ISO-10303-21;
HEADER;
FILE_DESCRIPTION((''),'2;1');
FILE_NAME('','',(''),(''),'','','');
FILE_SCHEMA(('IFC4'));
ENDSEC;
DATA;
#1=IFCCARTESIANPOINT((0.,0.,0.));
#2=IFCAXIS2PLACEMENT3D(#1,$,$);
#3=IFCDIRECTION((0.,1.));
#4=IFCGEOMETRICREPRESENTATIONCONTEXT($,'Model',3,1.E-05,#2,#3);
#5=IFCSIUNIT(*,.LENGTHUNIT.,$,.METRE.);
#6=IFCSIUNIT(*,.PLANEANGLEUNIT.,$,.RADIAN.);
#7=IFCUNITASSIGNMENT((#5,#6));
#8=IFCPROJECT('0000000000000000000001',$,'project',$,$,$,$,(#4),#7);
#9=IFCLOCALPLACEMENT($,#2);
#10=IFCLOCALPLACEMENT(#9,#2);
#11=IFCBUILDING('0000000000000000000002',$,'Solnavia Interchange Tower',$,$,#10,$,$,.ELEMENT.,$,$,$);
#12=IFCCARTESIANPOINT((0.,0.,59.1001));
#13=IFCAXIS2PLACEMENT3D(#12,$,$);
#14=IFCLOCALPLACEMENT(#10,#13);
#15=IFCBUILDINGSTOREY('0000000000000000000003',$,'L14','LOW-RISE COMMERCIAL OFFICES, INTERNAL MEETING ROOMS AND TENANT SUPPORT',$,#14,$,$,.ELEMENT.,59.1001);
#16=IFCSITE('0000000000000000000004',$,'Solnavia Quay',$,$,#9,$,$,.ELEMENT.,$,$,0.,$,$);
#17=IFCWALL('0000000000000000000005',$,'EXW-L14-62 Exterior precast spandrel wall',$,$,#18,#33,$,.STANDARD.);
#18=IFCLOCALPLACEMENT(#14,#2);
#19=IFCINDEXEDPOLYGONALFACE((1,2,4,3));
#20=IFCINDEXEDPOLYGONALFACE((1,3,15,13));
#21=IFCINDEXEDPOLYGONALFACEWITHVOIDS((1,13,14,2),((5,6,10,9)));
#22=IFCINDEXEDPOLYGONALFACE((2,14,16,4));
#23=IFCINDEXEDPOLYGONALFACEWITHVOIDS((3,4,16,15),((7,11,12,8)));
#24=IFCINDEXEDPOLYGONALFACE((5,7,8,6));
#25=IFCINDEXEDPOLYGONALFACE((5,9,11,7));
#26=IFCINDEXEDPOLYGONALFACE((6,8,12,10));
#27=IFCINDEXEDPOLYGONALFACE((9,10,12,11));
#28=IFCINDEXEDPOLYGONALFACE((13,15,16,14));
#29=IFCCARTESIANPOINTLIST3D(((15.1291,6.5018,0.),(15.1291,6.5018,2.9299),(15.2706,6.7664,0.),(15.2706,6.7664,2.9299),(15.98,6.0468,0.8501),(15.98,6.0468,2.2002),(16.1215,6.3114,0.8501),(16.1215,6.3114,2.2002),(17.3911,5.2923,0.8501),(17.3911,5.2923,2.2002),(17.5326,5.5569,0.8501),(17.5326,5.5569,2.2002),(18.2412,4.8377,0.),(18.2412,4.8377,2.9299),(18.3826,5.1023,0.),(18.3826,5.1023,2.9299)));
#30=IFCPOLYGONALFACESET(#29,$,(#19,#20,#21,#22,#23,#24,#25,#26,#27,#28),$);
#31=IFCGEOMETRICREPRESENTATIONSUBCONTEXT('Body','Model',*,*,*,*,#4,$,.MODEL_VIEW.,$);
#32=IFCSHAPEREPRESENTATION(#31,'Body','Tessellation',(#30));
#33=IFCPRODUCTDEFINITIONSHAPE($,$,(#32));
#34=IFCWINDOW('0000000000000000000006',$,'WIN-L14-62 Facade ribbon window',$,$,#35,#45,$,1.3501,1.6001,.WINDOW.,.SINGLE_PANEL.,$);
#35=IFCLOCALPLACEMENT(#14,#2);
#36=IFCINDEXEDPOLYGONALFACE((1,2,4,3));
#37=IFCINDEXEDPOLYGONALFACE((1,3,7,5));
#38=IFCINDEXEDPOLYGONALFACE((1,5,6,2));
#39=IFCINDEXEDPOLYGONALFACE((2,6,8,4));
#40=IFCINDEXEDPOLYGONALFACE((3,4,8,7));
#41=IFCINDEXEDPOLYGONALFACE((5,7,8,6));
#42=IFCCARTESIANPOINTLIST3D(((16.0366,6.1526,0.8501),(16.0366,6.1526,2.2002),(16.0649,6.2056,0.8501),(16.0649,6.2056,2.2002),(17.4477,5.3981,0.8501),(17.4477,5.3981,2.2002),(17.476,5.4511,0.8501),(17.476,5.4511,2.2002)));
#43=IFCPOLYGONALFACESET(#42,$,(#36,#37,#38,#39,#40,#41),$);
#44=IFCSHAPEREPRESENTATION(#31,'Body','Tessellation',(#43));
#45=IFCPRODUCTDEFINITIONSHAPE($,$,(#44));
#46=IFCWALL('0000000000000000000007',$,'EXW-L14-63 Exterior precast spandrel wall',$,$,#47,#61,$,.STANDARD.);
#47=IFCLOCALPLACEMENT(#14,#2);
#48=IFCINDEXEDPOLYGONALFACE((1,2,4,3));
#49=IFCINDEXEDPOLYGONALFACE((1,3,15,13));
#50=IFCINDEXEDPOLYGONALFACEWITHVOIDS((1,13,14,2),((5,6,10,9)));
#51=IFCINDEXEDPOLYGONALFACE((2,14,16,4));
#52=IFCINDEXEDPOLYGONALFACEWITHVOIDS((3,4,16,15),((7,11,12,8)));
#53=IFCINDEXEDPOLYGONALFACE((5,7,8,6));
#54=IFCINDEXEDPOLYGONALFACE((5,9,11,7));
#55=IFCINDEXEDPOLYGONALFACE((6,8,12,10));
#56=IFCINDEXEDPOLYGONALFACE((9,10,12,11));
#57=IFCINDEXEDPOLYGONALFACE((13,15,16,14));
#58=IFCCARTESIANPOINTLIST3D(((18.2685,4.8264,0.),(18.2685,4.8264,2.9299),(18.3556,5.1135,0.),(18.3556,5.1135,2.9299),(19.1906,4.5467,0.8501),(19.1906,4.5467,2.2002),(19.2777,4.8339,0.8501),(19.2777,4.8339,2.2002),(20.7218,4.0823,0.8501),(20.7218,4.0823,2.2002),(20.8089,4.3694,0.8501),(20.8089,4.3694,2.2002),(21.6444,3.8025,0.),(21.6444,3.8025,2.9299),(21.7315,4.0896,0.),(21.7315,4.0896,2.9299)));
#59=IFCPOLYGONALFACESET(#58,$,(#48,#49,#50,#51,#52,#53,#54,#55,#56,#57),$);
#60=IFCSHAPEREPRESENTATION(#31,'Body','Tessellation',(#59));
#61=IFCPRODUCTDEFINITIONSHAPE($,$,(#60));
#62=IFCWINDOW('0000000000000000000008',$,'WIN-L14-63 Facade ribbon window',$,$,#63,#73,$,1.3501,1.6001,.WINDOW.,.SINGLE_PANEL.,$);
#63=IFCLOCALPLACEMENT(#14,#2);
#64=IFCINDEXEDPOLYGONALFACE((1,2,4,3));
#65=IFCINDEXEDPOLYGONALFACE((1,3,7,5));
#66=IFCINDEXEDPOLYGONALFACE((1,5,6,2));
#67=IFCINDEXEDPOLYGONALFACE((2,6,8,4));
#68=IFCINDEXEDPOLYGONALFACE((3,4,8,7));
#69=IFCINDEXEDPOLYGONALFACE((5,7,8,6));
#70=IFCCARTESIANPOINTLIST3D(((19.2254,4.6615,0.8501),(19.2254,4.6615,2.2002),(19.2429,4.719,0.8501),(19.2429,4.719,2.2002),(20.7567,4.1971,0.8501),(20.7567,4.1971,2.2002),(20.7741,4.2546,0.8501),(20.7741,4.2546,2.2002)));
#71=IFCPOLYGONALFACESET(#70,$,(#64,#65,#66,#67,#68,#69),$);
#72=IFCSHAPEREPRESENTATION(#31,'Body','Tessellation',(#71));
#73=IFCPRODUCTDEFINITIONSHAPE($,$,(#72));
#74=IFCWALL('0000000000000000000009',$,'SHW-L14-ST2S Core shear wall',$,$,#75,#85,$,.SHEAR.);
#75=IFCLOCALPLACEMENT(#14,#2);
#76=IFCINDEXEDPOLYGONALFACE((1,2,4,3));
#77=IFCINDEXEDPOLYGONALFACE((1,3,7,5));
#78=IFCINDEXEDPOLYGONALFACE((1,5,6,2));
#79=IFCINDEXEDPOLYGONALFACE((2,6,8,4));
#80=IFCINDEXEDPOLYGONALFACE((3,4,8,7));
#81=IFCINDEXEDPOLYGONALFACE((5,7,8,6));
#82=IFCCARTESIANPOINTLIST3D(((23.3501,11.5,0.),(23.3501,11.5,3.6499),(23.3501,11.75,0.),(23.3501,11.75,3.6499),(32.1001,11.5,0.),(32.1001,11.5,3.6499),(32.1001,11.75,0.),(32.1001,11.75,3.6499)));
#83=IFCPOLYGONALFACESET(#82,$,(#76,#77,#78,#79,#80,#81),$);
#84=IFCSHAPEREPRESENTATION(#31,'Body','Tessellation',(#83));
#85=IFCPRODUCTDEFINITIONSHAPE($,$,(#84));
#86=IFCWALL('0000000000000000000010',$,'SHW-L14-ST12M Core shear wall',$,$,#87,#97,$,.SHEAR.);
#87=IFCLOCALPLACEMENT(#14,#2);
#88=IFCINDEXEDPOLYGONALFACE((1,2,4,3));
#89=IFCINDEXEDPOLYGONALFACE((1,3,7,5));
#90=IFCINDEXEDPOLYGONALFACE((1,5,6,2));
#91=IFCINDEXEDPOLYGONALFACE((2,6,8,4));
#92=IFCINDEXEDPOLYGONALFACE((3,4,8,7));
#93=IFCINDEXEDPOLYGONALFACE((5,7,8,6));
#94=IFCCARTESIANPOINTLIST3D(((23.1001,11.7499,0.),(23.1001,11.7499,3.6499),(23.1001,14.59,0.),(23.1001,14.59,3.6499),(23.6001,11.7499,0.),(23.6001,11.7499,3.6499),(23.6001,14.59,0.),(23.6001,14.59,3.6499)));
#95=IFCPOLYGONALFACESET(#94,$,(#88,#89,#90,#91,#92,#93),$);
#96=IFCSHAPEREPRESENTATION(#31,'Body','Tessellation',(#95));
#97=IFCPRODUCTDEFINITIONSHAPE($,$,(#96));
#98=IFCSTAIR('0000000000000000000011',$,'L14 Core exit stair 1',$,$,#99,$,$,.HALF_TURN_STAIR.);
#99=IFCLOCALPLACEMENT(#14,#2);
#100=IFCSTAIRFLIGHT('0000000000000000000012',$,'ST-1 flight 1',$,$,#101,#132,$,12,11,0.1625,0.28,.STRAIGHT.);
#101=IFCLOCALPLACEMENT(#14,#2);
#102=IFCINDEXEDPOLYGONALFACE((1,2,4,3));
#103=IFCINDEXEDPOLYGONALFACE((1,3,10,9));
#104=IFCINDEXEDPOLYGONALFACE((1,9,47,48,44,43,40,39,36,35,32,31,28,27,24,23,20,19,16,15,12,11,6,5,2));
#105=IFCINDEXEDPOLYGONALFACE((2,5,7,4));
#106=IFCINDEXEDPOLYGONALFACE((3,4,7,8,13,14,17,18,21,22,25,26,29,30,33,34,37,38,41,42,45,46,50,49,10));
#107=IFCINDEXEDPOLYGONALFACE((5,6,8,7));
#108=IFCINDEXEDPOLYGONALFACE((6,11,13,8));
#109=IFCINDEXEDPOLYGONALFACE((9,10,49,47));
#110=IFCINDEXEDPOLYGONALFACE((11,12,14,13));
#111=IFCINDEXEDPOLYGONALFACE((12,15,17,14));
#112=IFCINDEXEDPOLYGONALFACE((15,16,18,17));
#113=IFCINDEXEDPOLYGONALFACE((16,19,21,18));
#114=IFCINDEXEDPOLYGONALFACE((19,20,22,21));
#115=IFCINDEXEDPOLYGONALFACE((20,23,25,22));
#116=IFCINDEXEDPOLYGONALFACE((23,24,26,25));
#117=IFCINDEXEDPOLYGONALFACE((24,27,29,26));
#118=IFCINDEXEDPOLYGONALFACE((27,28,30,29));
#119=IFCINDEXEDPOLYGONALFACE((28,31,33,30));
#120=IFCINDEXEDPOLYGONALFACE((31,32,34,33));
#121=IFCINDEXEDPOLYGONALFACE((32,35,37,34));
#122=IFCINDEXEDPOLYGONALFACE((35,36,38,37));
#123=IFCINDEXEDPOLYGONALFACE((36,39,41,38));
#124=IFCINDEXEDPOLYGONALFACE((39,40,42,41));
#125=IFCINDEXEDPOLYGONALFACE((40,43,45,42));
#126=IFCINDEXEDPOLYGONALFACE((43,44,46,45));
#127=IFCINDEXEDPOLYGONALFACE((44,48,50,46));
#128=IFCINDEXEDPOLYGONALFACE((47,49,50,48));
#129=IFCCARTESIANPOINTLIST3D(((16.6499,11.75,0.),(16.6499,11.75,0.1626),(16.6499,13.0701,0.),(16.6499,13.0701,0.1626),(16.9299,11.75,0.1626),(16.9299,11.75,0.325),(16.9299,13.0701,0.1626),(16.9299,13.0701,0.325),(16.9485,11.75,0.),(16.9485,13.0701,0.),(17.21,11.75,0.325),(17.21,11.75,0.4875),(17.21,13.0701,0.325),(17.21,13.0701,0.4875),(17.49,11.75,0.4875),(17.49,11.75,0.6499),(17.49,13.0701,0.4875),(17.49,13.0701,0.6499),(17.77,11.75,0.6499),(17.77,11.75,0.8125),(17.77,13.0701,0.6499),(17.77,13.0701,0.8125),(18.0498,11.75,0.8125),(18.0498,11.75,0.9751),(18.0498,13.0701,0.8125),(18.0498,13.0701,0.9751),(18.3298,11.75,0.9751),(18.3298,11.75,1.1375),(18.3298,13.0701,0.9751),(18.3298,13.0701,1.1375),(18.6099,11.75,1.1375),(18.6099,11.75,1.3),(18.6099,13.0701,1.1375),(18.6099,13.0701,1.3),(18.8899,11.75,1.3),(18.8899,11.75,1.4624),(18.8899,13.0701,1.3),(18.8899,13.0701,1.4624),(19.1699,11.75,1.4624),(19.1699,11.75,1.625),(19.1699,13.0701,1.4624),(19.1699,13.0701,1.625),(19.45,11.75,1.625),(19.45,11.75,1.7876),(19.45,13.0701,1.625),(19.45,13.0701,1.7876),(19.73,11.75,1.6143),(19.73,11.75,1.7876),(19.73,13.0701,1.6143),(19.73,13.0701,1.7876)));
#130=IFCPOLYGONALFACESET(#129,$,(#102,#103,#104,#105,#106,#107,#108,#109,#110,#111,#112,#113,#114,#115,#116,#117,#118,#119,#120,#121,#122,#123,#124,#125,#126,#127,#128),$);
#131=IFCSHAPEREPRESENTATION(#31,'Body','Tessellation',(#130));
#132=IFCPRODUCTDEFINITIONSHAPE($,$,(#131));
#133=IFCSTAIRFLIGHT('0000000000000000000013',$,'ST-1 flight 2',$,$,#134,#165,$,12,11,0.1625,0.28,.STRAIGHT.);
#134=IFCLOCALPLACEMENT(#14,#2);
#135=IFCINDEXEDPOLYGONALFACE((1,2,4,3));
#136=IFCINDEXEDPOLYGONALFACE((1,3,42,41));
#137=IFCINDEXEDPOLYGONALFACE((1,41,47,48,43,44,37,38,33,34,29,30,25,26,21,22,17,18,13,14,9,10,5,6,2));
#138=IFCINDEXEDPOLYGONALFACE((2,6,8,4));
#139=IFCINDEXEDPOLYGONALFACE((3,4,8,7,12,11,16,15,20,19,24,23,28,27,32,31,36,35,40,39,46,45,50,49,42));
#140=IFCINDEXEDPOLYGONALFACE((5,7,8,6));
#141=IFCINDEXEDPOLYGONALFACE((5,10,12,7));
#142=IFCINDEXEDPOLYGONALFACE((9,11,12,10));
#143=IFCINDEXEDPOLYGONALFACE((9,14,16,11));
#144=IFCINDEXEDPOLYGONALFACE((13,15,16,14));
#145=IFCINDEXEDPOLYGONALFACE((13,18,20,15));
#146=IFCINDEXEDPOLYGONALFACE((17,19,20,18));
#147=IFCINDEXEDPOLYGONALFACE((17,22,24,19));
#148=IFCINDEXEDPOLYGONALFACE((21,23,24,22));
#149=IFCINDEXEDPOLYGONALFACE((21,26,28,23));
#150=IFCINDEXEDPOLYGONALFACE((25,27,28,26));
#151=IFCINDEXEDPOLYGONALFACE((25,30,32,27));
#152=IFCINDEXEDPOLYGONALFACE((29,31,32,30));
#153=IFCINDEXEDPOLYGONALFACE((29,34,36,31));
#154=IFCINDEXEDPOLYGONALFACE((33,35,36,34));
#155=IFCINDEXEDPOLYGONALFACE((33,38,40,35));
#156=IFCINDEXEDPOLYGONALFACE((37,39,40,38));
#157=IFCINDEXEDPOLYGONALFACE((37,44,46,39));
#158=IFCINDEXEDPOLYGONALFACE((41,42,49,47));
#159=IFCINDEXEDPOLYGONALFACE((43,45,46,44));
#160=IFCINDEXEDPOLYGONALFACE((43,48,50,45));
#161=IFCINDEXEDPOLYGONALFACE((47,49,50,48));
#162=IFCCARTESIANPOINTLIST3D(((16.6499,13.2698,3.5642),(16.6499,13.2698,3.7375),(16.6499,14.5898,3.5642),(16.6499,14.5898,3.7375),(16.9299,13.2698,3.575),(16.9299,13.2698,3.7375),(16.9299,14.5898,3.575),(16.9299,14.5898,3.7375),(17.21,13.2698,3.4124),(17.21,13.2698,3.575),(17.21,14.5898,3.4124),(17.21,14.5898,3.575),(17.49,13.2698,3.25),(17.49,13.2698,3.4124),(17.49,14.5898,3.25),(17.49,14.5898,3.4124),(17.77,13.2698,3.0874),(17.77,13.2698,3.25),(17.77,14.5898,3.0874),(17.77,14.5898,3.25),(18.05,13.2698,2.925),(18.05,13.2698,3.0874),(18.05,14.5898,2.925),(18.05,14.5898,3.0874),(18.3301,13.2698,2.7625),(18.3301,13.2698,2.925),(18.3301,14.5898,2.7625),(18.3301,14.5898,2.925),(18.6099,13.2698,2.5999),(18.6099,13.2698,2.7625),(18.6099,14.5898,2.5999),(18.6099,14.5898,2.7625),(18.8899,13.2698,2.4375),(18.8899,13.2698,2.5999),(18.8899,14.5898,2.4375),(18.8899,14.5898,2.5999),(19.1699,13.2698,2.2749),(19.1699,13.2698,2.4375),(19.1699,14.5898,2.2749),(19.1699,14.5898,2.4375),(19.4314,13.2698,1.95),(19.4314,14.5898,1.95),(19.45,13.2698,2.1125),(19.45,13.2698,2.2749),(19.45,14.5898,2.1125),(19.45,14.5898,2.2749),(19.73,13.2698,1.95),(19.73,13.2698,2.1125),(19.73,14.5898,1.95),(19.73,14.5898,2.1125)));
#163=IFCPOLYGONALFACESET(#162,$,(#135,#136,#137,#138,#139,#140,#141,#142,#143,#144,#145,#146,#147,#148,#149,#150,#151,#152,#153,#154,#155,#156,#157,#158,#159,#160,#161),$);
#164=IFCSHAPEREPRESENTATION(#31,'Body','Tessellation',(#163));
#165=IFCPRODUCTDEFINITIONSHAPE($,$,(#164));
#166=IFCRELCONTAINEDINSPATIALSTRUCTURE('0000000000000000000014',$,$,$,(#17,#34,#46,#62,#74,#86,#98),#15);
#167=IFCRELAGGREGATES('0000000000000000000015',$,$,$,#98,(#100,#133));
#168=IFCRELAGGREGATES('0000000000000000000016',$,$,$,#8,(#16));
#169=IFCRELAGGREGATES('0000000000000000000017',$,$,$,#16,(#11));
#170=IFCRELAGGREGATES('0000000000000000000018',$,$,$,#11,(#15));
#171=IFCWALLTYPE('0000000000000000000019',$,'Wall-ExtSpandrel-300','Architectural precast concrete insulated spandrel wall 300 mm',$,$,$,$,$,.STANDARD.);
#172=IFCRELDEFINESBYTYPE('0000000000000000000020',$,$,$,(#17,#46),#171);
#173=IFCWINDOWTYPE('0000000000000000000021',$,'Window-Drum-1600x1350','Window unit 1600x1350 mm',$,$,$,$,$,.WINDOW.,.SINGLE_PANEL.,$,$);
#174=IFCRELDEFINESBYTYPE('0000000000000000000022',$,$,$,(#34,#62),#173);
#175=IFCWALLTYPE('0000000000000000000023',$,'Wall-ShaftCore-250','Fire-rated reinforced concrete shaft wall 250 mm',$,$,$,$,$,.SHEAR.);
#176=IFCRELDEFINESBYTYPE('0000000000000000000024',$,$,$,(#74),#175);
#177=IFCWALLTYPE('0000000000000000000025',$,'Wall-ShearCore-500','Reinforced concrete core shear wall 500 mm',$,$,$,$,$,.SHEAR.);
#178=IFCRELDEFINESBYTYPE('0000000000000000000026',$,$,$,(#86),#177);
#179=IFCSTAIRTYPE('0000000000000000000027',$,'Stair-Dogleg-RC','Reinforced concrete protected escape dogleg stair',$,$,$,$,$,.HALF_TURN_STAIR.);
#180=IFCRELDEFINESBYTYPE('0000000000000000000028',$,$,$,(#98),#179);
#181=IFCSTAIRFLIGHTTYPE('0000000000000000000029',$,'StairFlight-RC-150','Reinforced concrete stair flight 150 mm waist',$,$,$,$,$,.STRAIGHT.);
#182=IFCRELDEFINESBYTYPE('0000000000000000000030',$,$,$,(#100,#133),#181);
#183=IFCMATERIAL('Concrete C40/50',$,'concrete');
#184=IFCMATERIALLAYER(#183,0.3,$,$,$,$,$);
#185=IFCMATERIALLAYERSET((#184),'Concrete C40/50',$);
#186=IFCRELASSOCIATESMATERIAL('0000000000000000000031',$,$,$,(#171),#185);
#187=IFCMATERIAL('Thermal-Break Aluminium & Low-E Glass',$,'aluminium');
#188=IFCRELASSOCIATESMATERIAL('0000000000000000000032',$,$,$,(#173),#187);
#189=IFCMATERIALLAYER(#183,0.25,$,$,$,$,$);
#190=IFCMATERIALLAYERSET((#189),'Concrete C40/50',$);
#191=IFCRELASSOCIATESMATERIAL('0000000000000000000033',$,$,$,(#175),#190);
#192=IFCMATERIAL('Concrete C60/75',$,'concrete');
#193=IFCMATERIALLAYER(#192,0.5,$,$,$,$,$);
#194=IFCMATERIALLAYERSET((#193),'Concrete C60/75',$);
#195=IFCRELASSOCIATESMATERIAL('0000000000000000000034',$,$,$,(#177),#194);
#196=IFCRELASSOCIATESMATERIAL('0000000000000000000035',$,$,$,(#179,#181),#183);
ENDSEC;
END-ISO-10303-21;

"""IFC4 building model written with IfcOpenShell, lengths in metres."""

from ifc_helpers import new_model, si_unit, direction, frame, frame_2d, origin, place, context, subcontext, project, spatial, polyline, rectangle, outline, extrude, material, layer, layer_set, type_object, element, fill, aggregate, save


model = new_model("IFC4")

# Units and contexts
model_context = context("Model", 3, precision=1e-05, world=origin(), true_north=direction((0.0, 1.0)))
body_context = subcontext(model_context, "Body", "Model", "MODEL_VIEW")
ifc_project = project(units=[si_unit("LENGTHUNIT", "METRE"), si_unit("PLANEANGLEUNIT", "RADIAN")], contexts=[model_context])

# Site, building, storey
site_placement = place(None, origin())
site = spatial("IfcSite", under=ifc_project, at=site_placement, Name="Solnavia Quay", CompositionType="ELEMENT", RefElevation=0.0)
building_placement = place(site_placement, origin())
building = spatial("IfcBuilding", under=site, at=building_placement, Name="Solnavia Interchange Tower", CompositionType="ELEMENT")
storey_placement = place(building_placement, frame((0.0, 0.0, 59.1001)))
storey = spatial("IfcBuildingStorey", under=building, at=storey_placement, Name="L14", Description="LOW-RISE COMMERCIAL OFFICES, INTERNAL MEETING ROOMS AND TENANT SUPPORT", CompositionType="ELEMENT", Elevation=59.1001)

# Shared definitions
ifc_material_1 = material(Name="Concrete C60/75", Category="concrete")

# Walls, openings, windows
ifc_material_2 = material(Name="Concrete C40/50", Category="concrete")
ifc_layer_1 = layer(ifc_material_2, 0.3)
ifc_layer_set_1 = layer_set([ifc_layer_1], Name="Concrete C40/50")
wall_type_1 = type_object("IfcWallType", Name="Wall-ExtSpandrel-300", Description="Architectural precast concrete insulated spandrel wall 300 mm", PredefinedType="STANDARD", material=ifc_layer_set_1)
wall_1_placement = place(storey_placement, frame((18.312, 4.97, 0.0), z_axis=(0.0, 0.0, 1.0), x_axis=(-0.881847, 0.471536, 0.0)))
wall_1 = element("IfcWall", 1, at=wall_1_placement, inside=storey, type_object=wall_type_1, Name="EXW-L14-62 Exterior precast spandrel wall", PredefinedType="STANDARD", context=body_context, shape_type="SweptSolid", body=[
    extrude(rectangle(XDim=3.5291, YDim=0.3, at=frame_2d((1.7646, 0.0))), origin(), (0.0, 0.0, 1.0), 2.9299),
])
opening_1_placement = place(wall_1_placement, frame((0.9641, 0.0, 0.8501)))
opening_1 = element("IfcOpeningElement", 2, at=opening_1_placement, cuts=wall_1, PredefinedType="OPENING", context=body_context, shape_type="SweptSolid", body=[
    extrude(rectangle(XDim=1.6001, YDim=1.3501, at=frame_2d((0.8, 0.675))), frame((0.0, 0.1602, 0.0), z_axis=(0.0, -1.0, 0.0), x_axis=(1.0, 0.0, 0.0)), (0.0, 0.0, 1.0), 0.3201),
])
ifc_material_3 = material(Name="Thermal-Break Aluminium & Low-E Glass", Category="aluminium")
window_type = type_object("IfcWindowType", Name="Window-Drum-1600x1350", Description="Window unit 1600x1350 mm", PartitioningType="SINGLE_PANEL", PredefinedType="WINDOW", material=ifc_material_3)
window_1_placement = place(opening_1_placement, origin())
window_1 = element("IfcWindow", 3, at=window_1_placement, inside=storey, type_object=window_type, Name="WIN-L14-62 Facade ribbon window", OverallHeight=1.3501, OverallWidth=1.6001, PartitioningType="SINGLE_PANEL", PredefinedType="WINDOW", context=body_context, shape_type="SweptSolid", body=[
    extrude(rectangle(XDim=1.6001, YDim=1.3501, at=frame_2d((0.8, 0.675))), frame((0.0, 0.03, 0.0), z_axis=(0.0, -1.0, 0.0), x_axis=(1.0, 0.0, 0.0)), (0.0, 0.0, 1.0), 0.0601),
])
fill(opening_1, window_1)
wall_2_placement = place(storey_placement, frame((21.688, 3.946, 0.0), z_axis=(0.0, 0.0, 1.0), x_axis=(-0.956953, 0.290242, 0.0)))
wall_2 = element("IfcWall", 4, at=wall_2_placement, inside=storey, type_object=wall_type_1, Name="EXW-L14-63 Exterior precast spandrel wall", PredefinedType="STANDARD", context=body_context, shape_type="SweptSolid", body=[
    extrude(rectangle(XDim=3.5278, YDim=0.3, at=frame_2d((1.7639, 0.0))), origin(), (0.0, 0.0, 1.0), 2.9299),
])
opening_2_placement = place(wall_2_placement, frame((0.9641, 0.0, 0.8501)))
opening_2 = element("IfcOpeningElement", 5, at=opening_2_placement, cuts=wall_2, PredefinedType="OPENING", context=body_context, shape_type="SweptSolid", body=[
    extrude(rectangle(XDim=1.6001, YDim=1.3501, at=frame_2d((0.8, 0.675))), frame((0.0, 0.1602, 0.0), z_axis=(0.0, -1.0, 0.0), x_axis=(1.0, 0.0, 0.0)), (0.0, 0.0, 1.0), 0.3201),
])
window_2_placement = place(opening_2_placement, origin())
window_2 = element("IfcWindow", 6, at=window_2_placement, inside=storey, type_object=window_type, Name="WIN-L14-63 Facade ribbon window", OverallHeight=1.3501, OverallWidth=1.6001, PartitioningType="SINGLE_PANEL", PredefinedType="WINDOW", context=body_context, shape_type="SweptSolid", body=[
    extrude(rectangle(XDim=1.6001, YDim=1.3501, at=frame_2d((0.8, 0.675))), frame((0.0, 0.03, 0.0), z_axis=(0.0, -1.0, 0.0), x_axis=(1.0, 0.0, 0.0)), (0.0, 0.0, 1.0), 0.0601),
])
fill(opening_2, window_2)

# Walls
ifc_layer_2 = layer(ifc_material_2, 0.25)
ifc_layer_set_2 = layer_set([ifc_layer_2], Name="Concrete C40/50")
wall_type_2 = type_object("IfcWallType", Name="Wall-ShaftCore-250", Description="Fire-rated reinforced concrete shaft wall 250 mm", PredefinedType="SHEAR", material=ifc_layer_set_2)
wall_3_placement = place(storey_placement, frame((23.3501, 11.625, 0.0), z_axis=(0.0, 0.0, 1.0), x_axis=(1.0, 0.0, 0.0)))
element("IfcWall", 7, at=wall_3_placement, inside=storey, type_object=wall_type_2, Name="SHW-L14-ST2S Core shear wall", PredefinedType="SHEAR", context=body_context, shape_type="SweptSolid", body=[
    extrude(rectangle(XDim=8.75, YDim=0.25, at=frame_2d((4.375, 0.0))), origin(), (0.0, 0.0, 1.0), 3.6499),
])
ifc_layer_3 = layer(ifc_material_1, 0.5)
ifc_layer_set_3 = layer_set([ifc_layer_3], Name="Concrete C60/75")
wall_type_3 = type_object("IfcWallType", Name="Wall-ShearCore-500", Description="Reinforced concrete core shear wall 500 mm", PredefinedType="SHEAR", material=ifc_layer_set_3)
wall_4_placement = place(storey_placement, frame((23.3501, 11.75, 0.0), z_axis=(0.0, 0.0, 1.0), x_axis=(0.0, 1.0, 0.0)))
element("IfcWall", 8, at=wall_4_placement, inside=storey, type_object=wall_type_3, Name="SHW-L14-ST12M Core shear wall", PredefinedType="SHEAR", context=body_context, shape_type="SweptSolid", body=[
    extrude(rectangle(XDim=2.8401, YDim=0.5, at=frame_2d((1.4199, 0.0))), origin(), (0.0, 0.0, 1.0), 3.6499),
])

# Stair, stair flights
stair_type = type_object("IfcStairType", Name="Stair-Dogleg-RC", Description="Reinforced concrete protected escape dogleg stair", PredefinedType="HALF_TURN_STAIR", material=ifc_material_2)
stair_placement = place(storey_placement, origin())
stair = element("IfcStair", 9, at=stair_placement, inside=storey, type_object=stair_type, Name="L14 Core exit stair 1", PredefinedType="HALF_TURN_STAIR")
stair_flight_type = type_object("IfcStairFlightType", Name="StairFlight-RC-150", Description="Reinforced concrete stair flight 150 mm waist", PredefinedType="STRAIGHT", material=ifc_material_2)
stair_flight_1_placement = place(storey_placement, frame((16.6499, 12.4099, 0.0), z_axis=(0.0, 0.0, 1.0), x_axis=(1.0, 0.0, 0.0)))
stair_flight_1 = element("IfcStairFlight", 10, at=stair_flight_1_placement, type_object=stair_flight_type, Name="ST-1 flight 1", NumberOfRisers=12, NumberOfTreads=11, PredefinedType="STRAIGHT", RiserHeight=0.1625, TreadLength=0.28, context=body_context, shape_type="SweptSolid", body=[
    extrude(outline(polyline([(0.0, 0.0), (0.0, 0.1626), (0.28, 0.1626), (0.28, 0.325), (0.5601, 0.325), (0.5601, 0.4875), (0.8401, 0.4875), (0.8401, 0.6499), (1.1201, 0.6499), (1.1201, 0.8125), (1.3999, 0.8125), (1.3999, 0.9751), (1.6799, 0.9751), (1.6799, 1.1375), (1.96, 1.1375), (1.96, 1.3), (2.24, 1.3), (2.24, 1.4624), (2.52, 1.4624), (2.52, 1.625), (2.8, 1.625), (2.8, 1.7876), (3.0801, 1.7876), (3.0801, 1.95), (3.0801, 1.6143), (0.2986, 0.0), (0.0, 0.0)])), frame((0.0, 0.6602, 0.0), z_axis=(0.0, -1.0, 0.0), x_axis=(1.0, 0.0, 0.0)), (0.0, 0.0, 1.0), 1.3201),
])
stair_flight_2_placement = place(storey_placement, frame((19.73, 13.9299, 1.95), z_axis=(0.0, 0.0, 1.0), x_axis=(-1.0, 0.0, 0.0)))
stair_flight_2 = element("IfcStairFlight", 11, at=stair_flight_2_placement, type_object=stair_flight_type, Name="ST-1 flight 2", NumberOfRisers=12, NumberOfTreads=11, PredefinedType="STRAIGHT", RiserHeight=0.1625, TreadLength=0.28, context=body_context, shape_type="SweptSolid", body=[
    extrude(outline(polyline([(0.0, 0.0), (0.0, 0.1626), (0.28, 0.1626), (0.28, 0.325), (0.5601, 0.325), (0.5601, 0.4875), (0.8401, 0.4875), (0.8401, 0.6499), (1.1201, 0.6499), (1.1201, 0.8125), (1.3999, 0.8125), (1.3999, 0.9751), (1.6799, 0.9751), (1.6799, 1.1375), (1.96, 1.1375), (1.96, 1.3), (2.24, 1.3), (2.24, 1.4624), (2.52, 1.4624), (2.52, 1.625), (2.8, 1.625), (2.8, 1.7876), (3.0801, 1.7876), (3.0801, 1.95), (3.0801, 1.6143), (0.2986, 0.0), (0.0, 0.0)])), frame((0.0, 0.6602, 0.0), z_axis=(0.0, -1.0, 0.0), x_axis=(1.0, 0.0, 0.0)), (0.0, 0.0, 1.0), 1.3201),
])
aggregate(stair, [stair_flight_1, stair_flight_2])

save(model, "model.ifc")
